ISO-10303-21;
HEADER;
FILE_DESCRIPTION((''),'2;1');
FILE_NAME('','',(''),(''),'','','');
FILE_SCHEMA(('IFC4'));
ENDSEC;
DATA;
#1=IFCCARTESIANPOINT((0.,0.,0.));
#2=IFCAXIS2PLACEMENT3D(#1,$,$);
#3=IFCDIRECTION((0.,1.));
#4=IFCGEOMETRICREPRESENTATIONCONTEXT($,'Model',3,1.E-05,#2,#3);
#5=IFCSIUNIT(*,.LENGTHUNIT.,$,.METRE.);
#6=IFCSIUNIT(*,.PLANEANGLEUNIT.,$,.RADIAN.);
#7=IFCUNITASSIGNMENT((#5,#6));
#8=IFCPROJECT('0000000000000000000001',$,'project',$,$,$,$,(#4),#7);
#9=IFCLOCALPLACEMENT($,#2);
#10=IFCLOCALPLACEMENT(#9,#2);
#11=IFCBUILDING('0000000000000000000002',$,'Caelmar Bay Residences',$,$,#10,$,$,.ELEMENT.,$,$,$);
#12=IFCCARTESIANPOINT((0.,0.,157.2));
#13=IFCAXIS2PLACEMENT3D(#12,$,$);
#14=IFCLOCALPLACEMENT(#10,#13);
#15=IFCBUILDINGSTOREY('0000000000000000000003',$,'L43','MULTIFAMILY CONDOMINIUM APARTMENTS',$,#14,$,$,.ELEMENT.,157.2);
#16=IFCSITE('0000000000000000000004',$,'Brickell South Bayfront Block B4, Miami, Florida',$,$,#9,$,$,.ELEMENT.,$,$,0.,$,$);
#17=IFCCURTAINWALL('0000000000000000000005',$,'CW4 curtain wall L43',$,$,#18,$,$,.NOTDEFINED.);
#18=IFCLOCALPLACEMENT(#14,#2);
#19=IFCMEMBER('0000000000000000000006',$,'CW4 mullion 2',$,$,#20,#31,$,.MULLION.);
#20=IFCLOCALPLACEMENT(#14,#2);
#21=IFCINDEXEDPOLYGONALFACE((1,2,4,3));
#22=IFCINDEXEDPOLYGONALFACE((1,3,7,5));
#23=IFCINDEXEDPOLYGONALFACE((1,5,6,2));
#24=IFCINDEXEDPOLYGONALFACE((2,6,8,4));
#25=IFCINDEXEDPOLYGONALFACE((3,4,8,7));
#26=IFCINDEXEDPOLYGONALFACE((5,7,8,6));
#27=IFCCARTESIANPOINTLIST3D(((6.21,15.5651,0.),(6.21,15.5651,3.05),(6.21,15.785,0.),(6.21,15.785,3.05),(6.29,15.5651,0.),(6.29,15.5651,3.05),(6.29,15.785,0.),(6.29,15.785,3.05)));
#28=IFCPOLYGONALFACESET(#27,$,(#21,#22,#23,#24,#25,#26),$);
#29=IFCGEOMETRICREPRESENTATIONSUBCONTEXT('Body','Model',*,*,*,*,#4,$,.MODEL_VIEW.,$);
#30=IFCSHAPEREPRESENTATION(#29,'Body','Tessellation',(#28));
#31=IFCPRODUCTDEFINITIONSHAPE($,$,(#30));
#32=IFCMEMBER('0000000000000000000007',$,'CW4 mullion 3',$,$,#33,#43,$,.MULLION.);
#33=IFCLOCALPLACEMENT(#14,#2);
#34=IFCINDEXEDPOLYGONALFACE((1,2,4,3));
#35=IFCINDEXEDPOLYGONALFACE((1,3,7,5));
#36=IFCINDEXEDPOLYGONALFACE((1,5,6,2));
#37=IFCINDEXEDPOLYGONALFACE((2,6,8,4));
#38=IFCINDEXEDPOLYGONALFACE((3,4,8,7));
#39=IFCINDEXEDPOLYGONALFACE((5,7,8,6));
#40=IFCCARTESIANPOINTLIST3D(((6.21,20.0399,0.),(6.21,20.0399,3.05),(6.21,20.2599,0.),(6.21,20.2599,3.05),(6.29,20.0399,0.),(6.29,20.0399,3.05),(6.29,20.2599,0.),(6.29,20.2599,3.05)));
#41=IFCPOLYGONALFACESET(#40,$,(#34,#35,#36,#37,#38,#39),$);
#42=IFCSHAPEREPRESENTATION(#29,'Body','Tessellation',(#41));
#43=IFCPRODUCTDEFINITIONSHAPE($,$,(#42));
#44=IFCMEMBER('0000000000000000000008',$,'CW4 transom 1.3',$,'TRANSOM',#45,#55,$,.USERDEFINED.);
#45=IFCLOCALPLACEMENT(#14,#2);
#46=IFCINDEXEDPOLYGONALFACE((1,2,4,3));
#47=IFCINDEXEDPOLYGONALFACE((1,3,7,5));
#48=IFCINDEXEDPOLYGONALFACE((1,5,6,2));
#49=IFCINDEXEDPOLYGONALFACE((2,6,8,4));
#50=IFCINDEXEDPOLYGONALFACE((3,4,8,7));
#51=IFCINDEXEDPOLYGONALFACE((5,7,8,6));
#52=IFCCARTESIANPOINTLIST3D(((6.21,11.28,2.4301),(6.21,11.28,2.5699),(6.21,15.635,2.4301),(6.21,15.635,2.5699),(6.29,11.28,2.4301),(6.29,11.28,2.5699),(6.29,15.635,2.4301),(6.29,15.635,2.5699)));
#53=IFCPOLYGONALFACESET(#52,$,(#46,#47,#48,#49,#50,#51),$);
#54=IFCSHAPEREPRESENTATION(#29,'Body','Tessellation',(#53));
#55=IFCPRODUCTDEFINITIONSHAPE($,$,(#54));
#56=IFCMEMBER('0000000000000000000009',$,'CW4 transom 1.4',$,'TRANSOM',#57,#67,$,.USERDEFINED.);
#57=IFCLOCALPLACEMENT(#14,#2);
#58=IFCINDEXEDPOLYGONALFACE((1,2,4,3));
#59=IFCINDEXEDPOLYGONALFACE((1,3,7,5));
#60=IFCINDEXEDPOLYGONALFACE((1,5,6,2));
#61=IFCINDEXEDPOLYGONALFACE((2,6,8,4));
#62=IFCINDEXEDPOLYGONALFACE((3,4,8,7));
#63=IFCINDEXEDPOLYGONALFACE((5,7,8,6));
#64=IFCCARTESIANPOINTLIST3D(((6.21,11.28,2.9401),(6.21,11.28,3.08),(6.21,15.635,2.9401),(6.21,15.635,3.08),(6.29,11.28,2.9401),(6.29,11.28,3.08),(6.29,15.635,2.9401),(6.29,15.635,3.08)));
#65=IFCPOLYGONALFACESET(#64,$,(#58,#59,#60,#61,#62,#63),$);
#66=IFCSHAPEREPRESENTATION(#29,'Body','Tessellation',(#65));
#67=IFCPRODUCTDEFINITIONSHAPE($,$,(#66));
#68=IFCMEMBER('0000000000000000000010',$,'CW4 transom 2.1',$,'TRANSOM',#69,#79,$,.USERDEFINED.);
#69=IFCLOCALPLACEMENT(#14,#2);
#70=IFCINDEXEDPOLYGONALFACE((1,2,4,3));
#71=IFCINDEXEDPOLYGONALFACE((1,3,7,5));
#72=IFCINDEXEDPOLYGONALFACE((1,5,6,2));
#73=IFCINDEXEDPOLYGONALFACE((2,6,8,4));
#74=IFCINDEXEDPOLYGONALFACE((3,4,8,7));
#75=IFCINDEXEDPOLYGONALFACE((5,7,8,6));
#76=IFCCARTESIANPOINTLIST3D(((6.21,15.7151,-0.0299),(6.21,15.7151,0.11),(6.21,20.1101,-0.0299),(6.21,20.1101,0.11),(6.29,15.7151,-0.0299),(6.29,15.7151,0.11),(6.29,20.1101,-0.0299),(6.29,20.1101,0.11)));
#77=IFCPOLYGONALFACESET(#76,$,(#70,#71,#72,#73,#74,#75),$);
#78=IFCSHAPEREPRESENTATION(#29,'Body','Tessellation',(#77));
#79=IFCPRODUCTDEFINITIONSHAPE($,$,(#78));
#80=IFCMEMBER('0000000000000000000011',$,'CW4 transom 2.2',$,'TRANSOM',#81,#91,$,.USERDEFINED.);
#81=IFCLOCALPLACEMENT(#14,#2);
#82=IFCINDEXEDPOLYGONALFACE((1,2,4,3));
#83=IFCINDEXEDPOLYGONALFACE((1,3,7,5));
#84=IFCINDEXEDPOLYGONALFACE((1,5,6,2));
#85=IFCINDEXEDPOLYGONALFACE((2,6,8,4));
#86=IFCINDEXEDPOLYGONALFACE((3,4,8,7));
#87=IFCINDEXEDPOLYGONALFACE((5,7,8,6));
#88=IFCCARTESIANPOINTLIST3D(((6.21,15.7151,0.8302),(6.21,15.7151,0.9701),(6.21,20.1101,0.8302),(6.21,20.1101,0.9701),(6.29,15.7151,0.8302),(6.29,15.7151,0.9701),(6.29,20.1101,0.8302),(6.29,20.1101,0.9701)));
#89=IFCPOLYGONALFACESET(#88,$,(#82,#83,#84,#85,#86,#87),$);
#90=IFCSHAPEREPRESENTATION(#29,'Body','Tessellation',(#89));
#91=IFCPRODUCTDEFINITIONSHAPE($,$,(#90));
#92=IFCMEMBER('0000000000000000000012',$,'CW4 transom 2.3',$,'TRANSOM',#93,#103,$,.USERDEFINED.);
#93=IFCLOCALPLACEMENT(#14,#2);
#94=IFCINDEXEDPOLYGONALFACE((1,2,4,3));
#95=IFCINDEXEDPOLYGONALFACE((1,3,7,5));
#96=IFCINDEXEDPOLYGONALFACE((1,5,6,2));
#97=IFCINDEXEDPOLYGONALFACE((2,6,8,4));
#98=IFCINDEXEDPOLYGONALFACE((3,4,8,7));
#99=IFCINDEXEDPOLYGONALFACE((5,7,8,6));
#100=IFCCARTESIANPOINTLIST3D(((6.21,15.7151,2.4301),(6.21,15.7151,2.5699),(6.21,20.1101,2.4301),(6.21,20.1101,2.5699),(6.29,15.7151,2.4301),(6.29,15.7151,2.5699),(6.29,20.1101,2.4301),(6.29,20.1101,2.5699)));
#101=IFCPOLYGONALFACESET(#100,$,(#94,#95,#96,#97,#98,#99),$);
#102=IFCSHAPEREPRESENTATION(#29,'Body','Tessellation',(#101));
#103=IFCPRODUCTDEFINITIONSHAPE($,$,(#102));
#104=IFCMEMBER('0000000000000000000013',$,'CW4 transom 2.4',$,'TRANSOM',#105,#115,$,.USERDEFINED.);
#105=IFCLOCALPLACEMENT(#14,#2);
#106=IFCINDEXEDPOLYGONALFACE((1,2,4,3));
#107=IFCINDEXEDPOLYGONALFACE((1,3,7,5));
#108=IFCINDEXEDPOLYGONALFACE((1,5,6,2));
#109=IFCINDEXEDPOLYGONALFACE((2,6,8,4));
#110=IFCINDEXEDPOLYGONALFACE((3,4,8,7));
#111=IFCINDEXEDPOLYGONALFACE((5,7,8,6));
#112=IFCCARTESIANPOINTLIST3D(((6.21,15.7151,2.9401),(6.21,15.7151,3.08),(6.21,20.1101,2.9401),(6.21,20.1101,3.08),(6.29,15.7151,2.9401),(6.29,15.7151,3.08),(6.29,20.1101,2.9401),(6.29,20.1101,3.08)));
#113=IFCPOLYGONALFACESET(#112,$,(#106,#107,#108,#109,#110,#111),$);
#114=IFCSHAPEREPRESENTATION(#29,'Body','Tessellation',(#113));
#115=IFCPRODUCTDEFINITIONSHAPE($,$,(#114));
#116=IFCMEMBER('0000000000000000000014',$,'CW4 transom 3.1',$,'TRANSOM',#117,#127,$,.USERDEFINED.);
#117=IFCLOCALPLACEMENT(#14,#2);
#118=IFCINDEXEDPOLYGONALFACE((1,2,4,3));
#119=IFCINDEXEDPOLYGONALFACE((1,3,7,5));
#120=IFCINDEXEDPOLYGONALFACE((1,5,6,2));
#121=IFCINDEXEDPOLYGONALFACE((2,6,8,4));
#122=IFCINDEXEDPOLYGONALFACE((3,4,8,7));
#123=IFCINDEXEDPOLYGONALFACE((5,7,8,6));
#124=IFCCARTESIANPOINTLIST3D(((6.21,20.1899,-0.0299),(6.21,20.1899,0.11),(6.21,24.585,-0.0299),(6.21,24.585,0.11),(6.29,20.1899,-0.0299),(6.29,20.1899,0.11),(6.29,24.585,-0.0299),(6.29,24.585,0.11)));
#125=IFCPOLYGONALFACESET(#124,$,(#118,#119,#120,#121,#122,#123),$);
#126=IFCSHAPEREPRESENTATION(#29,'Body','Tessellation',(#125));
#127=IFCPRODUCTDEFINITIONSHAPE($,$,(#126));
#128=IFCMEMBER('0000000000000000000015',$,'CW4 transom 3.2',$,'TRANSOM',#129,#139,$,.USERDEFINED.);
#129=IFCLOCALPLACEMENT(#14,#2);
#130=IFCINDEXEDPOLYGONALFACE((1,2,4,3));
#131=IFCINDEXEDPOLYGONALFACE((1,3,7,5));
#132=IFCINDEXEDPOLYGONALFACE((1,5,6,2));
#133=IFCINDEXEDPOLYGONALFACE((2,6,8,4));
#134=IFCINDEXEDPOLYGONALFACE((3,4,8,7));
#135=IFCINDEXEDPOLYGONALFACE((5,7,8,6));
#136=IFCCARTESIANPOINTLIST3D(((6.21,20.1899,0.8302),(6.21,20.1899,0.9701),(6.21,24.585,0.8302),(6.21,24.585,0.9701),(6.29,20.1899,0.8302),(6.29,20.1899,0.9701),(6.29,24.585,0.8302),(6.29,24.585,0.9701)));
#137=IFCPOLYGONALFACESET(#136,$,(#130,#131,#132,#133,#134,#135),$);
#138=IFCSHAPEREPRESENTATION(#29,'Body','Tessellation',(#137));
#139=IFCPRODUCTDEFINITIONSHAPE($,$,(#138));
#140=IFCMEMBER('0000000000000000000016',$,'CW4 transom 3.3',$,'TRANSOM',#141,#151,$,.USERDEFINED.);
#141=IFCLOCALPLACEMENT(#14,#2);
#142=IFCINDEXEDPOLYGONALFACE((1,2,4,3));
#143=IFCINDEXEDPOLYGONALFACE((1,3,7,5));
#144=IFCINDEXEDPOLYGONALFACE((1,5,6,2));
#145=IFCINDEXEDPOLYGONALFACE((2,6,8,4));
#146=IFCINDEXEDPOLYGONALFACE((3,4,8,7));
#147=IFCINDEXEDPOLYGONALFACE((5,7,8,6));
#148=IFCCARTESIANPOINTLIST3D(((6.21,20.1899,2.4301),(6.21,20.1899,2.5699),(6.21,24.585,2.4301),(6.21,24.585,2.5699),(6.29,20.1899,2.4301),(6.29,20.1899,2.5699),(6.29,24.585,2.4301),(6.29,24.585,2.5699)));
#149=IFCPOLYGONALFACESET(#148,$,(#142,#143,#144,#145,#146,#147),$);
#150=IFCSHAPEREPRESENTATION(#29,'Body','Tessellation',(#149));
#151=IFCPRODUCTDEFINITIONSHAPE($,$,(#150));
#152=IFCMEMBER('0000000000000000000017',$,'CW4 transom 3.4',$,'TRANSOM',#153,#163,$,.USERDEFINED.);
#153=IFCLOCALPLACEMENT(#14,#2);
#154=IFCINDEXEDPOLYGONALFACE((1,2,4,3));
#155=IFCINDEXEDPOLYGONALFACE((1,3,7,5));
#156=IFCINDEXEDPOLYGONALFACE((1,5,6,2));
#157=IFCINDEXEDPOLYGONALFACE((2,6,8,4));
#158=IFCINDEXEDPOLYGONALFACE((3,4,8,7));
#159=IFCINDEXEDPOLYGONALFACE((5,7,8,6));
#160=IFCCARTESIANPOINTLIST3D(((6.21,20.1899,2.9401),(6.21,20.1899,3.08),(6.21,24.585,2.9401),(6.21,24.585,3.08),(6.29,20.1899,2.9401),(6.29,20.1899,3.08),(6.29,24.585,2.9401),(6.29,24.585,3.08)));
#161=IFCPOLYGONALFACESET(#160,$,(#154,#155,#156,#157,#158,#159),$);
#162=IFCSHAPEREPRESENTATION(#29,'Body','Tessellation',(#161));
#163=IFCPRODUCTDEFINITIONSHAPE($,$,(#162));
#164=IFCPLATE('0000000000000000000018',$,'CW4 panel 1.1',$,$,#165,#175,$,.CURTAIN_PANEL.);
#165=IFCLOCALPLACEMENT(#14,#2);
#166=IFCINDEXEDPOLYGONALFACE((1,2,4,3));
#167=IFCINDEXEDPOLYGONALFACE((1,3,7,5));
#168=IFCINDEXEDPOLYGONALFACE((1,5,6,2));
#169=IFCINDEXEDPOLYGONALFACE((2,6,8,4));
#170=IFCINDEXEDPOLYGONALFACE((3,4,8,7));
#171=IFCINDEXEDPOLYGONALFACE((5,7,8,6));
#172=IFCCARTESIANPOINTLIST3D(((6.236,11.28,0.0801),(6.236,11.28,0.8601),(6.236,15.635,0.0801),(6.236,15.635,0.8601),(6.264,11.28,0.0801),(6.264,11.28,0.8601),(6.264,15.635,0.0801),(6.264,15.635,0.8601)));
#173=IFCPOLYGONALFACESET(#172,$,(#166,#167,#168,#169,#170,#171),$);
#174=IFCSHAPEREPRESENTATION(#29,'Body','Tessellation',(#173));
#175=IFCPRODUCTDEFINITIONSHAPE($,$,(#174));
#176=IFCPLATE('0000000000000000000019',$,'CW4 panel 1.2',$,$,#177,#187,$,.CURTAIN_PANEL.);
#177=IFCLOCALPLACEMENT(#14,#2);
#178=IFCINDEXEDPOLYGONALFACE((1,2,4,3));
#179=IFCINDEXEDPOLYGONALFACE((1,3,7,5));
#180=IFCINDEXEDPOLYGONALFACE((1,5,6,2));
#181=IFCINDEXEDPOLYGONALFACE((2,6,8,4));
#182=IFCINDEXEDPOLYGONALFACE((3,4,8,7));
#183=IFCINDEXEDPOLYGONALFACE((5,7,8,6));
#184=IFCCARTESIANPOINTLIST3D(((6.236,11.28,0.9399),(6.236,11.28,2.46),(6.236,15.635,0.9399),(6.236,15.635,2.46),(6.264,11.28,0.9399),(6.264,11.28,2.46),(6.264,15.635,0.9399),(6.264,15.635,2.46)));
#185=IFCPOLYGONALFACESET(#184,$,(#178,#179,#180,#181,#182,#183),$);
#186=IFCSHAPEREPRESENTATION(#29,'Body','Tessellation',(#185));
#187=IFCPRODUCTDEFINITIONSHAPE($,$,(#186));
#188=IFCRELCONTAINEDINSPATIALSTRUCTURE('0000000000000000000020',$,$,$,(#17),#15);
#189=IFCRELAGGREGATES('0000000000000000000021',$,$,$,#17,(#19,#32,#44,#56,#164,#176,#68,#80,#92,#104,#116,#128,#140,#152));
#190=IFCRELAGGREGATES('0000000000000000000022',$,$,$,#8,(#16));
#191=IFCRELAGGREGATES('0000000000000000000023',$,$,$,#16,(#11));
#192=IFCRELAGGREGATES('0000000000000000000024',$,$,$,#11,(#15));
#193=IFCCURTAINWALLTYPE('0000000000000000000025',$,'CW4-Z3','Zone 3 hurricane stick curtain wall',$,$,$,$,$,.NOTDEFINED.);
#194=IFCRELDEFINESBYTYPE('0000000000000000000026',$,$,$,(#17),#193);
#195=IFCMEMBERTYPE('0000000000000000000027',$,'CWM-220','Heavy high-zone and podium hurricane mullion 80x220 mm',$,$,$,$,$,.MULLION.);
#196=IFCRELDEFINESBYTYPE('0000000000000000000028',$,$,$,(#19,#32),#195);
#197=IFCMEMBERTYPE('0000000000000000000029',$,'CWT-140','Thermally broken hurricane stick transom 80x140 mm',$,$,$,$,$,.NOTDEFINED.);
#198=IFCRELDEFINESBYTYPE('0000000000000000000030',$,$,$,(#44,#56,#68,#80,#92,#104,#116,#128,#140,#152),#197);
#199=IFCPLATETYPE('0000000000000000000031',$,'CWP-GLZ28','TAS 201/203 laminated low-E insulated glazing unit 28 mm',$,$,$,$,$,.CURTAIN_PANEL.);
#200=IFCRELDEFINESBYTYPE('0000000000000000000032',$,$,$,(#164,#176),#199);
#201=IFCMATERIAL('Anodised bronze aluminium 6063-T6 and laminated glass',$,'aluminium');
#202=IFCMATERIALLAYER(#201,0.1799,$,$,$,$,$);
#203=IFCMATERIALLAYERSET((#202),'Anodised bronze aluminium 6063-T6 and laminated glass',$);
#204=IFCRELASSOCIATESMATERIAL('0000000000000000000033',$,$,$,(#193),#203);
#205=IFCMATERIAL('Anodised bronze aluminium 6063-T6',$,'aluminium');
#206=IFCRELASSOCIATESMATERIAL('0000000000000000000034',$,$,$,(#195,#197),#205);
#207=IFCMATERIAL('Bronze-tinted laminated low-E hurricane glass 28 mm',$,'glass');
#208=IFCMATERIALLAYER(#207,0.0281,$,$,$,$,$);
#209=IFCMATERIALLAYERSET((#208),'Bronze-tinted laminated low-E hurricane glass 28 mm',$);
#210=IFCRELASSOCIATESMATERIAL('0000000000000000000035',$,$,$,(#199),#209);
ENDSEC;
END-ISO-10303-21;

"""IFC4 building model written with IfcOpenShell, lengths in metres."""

from ifc_helpers import new_model, si_unit, direction, frame, origin, origin_2d, place, context, subcontext, project, spatial, rectangle, extrude, material, layer, layer_set, material_profile, profile_set, type_object, element, aggregate, save


model = new_model("IFC4")

# Units and contexts
model_context = context("Model", 3, precision=1e-05, world=origin(), true_north=direction((0.0, 1.0)))
body_context = subcontext(model_context, "Body", "Model", "MODEL_VIEW")
ifc_project = project(units=[si_unit("LENGTHUNIT", "METRE"), si_unit("PLANEANGLEUNIT", "RADIAN")], contexts=[model_context])

# Site, building, storey
site_placement = place(None, origin())
site = spatial("IfcSite", under=ifc_project, at=site_placement, Name="Brickell South Bayfront Block B4, Miami, Florida", CompositionType="ELEMENT", RefElevation=0.0)
building_placement = place(site_placement, origin())
building = spatial("IfcBuilding", under=site, at=building_placement, Name="Caelmar Bay Residences", CompositionType="ELEMENT")
storey_placement = place(building_placement, frame((0.0, 0.0, 157.2)))
storey = spatial("IfcBuildingStorey", under=building, at=storey_placement, Name="L43", Description="MULTIFAMILY CONDOMINIUM APARTMENTS", CompositionType="ELEMENT", Elevation=157.2)

# Curtain wall, members, plates
ifc_material_1 = material(Name="Anodised bronze aluminium 6063-T6 and laminated glass", Category="aluminium")
ifc_layer_1 = layer(ifc_material_1, 0.1799)
ifc_layer_set_1 = layer_set([ifc_layer_1], Name="Anodised bronze aluminium 6063-T6 and laminated glass")
curtain_wall_type = type_object("IfcCurtainWallType", Name="CW4-Z3", Description="Zone 3 hurricane stick curtain wall", PredefinedType="NOTDEFINED", material=ifc_layer_set_1)
curtain_wall_placement = place(storey_placement, origin())
curtain_wall = element("IfcCurtainWall", 1, at=curtain_wall_placement, inside=storey, type_object=curtain_wall_type, Name="CW4 curtain wall L43", PredefinedType="NOTDEFINED")
ifc_material_2 = material(Name="Anodised bronze aluminium 6063-T6", Category="aluminium")
ifc_material_profile_1 = material_profile(ifc_material_2, rectangle(XDim=0.0801, YDim=0.22, at=origin_2d()), Name="CWM-80X220")
ifc_profile_set_1 = profile_set([ifc_material_profile_1], Name="Anodised bronze aluminium 6063-T6")
member_type_1 = type_object("IfcMemberType", Name="CWM-220", Description="Heavy high-zone and podium hurricane mullion 80x220 mm", PredefinedType="MULLION", material=ifc_profile_set_1)
member_1_placement = place(storey_placement, frame((6.25, 15.675, 0.0), z_axis=(0.0, 0.0, 1.0), x_axis=(-1.0, 0.0, 0.0)))
member_1 = element("IfcMember", 2, at=member_1_placement, type_object=member_type_1, Name="CW4 mullion 2", PredefinedType="MULLION", context=body_context, shape_type="SweptSolid", body=[
    extrude(rectangle(XDim=0.0801, YDim=0.22, at=origin_2d()), origin(), (0.0, 0.0, 1.0), 3.05),
])
member_2_placement = place(storey_placement, frame((6.25, 20.1499, 0.0), z_axis=(0.0, 0.0, 1.0), x_axis=(-1.0, 0.0, 0.0)))
member_2 = element("IfcMember", 3, at=member_2_placement, type_object=member_type_1, Name="CW4 mullion 3", PredefinedType="MULLION", context=body_context, shape_type="SweptSolid", body=[
    extrude(rectangle(XDim=0.0801, YDim=0.22, at=origin_2d()), origin(), (0.0, 0.0, 1.0), 3.05),
])
ifc_material_profile_2 = material_profile(ifc_material_2, rectangle(XDim=0.0801, YDim=0.1399, at=origin_2d()), Name="CWT-80X140")
ifc_profile_set_2 = profile_set([ifc_material_profile_2], Name="Anodised bronze aluminium 6063-T6")
member_type_2 = type_object("IfcMemberType", Name="CWT-140", Description="Thermally broken hurricane stick transom 80x140 mm", PredefinedType="NOTDEFINED", material=ifc_profile_set_2)
member_3_placement = place(storey_placement, frame((6.25, 11.28, 2.5), z_axis=(0.0, 1.0, 0.0), x_axis=(-1.0, 0.0, 0.0)))
member_3 = element("IfcMember", 4, at=member_3_placement, type_object=member_type_2, Name="CW4 transom 1.3", ObjectType="TRANSOM", PredefinedType="USERDEFINED", context=body_context, shape_type="SweptSolid", body=[
    extrude(rectangle(XDim=0.0801, YDim=0.1399, at=origin_2d()), origin(), (0.0, 0.0, 1.0), 4.355),
])
member_4_placement = place(storey_placement, frame((6.25, 11.28, 3.01), z_axis=(0.0, 1.0, 0.0), x_axis=(-1.0, 0.0, 0.0)))
member_4 = element("IfcMember", 5, at=member_4_placement, type_object=member_type_2, Name="CW4 transom 1.4", ObjectType="TRANSOM", PredefinedType="USERDEFINED", context=body_context, shape_type="SweptSolid", body=[
    extrude(rectangle(XDim=0.0801, YDim=0.1399, at=origin_2d()), origin(), (0.0, 0.0, 1.0), 4.355),
])
member_5_placement = place(storey_placement, frame((6.25, 15.7151, 0.04), z_axis=(0.0, 1.0, 0.0), x_axis=(-1.0, 0.0, 0.0)))
member_5 = element("IfcMember", 6, at=member_5_placement, type_object=member_type_2, Name="CW4 transom 2.1", ObjectType="TRANSOM", PredefinedType="USERDEFINED", context=body_context, shape_type="SweptSolid", body=[
    extrude(rectangle(XDim=0.0801, YDim=0.1399, at=origin_2d()), origin(), (0.0, 0.0, 1.0), 4.395),
])
member_6_placement = place(storey_placement, frame((6.25, 15.7151, 0.9001), z_axis=(0.0, 1.0, 0.0), x_axis=(-1.0, 0.0, 0.0)))
member_6 = element("IfcMember", 7, at=member_6_placement, type_object=member_type_2, Name="CW4 transom 2.2", ObjectType="TRANSOM", PredefinedType="USERDEFINED", context=body_context, shape_type="SweptSolid", body=[
    extrude(rectangle(XDim=0.0801, YDim=0.1399, at=origin_2d()), origin(), (0.0, 0.0, 1.0), 4.395),
])
member_7_placement = place(storey_placement, frame((6.25, 15.7151, 2.5), z_axis=(0.0, 1.0, 0.0), x_axis=(-1.0, 0.0, 0.0)))
member_7 = element("IfcMember", 8, at=member_7_placement, type_object=member_type_2, Name="CW4 transom 2.3", ObjectType="TRANSOM", PredefinedType="USERDEFINED", context=body_context, shape_type="SweptSolid", body=[
    extrude(rectangle(XDim=0.0801, YDim=0.1399, at=origin_2d()), origin(), (0.0, 0.0, 1.0), 4.395),
])
member_8_placement = place(storey_placement, frame((6.25, 15.7151, 3.01), z_axis=(0.0, 1.0, 0.0), x_axis=(-1.0, 0.0, 0.0)))
member_8 = element("IfcMember", 9, at=member_8_placement, type_object=member_type_2, Name="CW4 transom 2.4", ObjectType="TRANSOM", PredefinedType="USERDEFINED", context=body_context, shape_type="SweptSolid", body=[
    extrude(rectangle(XDim=0.0801, YDim=0.1399, at=origin_2d()), origin(), (0.0, 0.0, 1.0), 4.395),
])
member_9_placement = place(storey_placement, frame((6.25, 20.1899, 0.04), z_axis=(0.0, 1.0, 0.0), x_axis=(-1.0, 0.0, 0.0)))
member_9 = element("IfcMember", 10, at=member_9_placement, type_object=member_type_2, Name="CW4 transom 3.1", ObjectType="TRANSOM", PredefinedType="USERDEFINED", context=body_context, shape_type="SweptSolid", body=[
    extrude(rectangle(XDim=0.0801, YDim=0.1399, at=origin_2d()), origin(), (0.0, 0.0, 1.0), 4.395),
])
member_10_placement = place(storey_placement, frame((6.25, 20.1899, 0.9001), z_axis=(0.0, 1.0, 0.0), x_axis=(-1.0, 0.0, 0.0)))
member_10 = element("IfcMember", 11, at=member_10_placement, type_object=member_type_2, Name="CW4 transom 3.2", ObjectType="TRANSOM", PredefinedType="USERDEFINED", context=body_context, shape_type="SweptSolid", body=[
    extrude(rectangle(XDim=0.0801, YDim=0.1399, at=origin_2d()), origin(), (0.0, 0.0, 1.0), 4.395),
])
member_11_placement = place(storey_placement, frame((6.25, 20.1899, 2.5), z_axis=(0.0, 1.0, 0.0), x_axis=(-1.0, 0.0, 0.0)))
member_11 = element("IfcMember", 12, at=member_11_placement, type_object=member_type_2, Name="CW4 transom 3.3", ObjectType="TRANSOM", PredefinedType="USERDEFINED", context=body_context, shape_type="SweptSolid", body=[
    extrude(rectangle(XDim=0.0801, YDim=0.1399, at=origin_2d()), origin(), (0.0, 0.0, 1.0), 4.395),
])
member_12_placement = place(storey_placement, frame((6.25, 20.1899, 3.01), z_axis=(0.0, 1.0, 0.0), x_axis=(-1.0, 0.0, 0.0)))
member_12 = element("IfcMember", 13, at=member_12_placement, type_object=member_type_2, Name="CW4 transom 3.4", ObjectType="TRANSOM", PredefinedType="USERDEFINED", context=body_context, shape_type="SweptSolid", body=[
    extrude(rectangle(XDim=0.0801, YDim=0.1399, at=origin_2d()), origin(), (0.0, 0.0, 1.0), 4.395),
])
ifc_material_3 = material(Name="Bronze-tinted laminated low-E hurricane glass 28 mm", Category="glass")
ifc_layer_2 = layer(ifc_material_3, 0.0281)
ifc_layer_set_2 = layer_set([ifc_layer_2], Name="Bronze-tinted laminated low-E hurricane glass 28 mm")
plate_type = type_object("IfcPlateType", Name="CWP-GLZ28", Description="TAS 201/203 laminated low-E insulated glazing unit 28 mm", PredefinedType="CURTAIN_PANEL", material=ifc_layer_set_2)
plate_1_placement = place(storey_placement, frame((6.25, 13.4575, 0.0801), z_axis=(0.0, 0.0, 1.0), x_axis=(0.0, 1.0, 0.0)))
plate_1 = element("IfcPlate", 14, at=plate_1_placement, type_object=plate_type, Name="CW4 panel 1.1", PredefinedType="CURTAIN_PANEL", context=body_context, shape_type="SweptSolid", body=[
    extrude(rectangle(XDim=4.355, YDim=0.0281, at=origin_2d()), origin(), (0.0, 0.0, 1.0), 0.78),
])
plate_2_placement = place(storey_placement, frame((6.25, 13.4575, 0.9399), z_axis=(0.0, 0.0, 1.0), x_axis=(0.0, 1.0, 0.0)))
plate_2 = element("IfcPlate", 15, at=plate_2_placement, type_object=plate_type, Name="CW4 panel 1.2", PredefinedType="CURTAIN_PANEL", context=body_context, shape_type="SweptSolid", body=[
    extrude(rectangle(XDim=4.355, YDim=0.0281, at=origin_2d()), origin(), (0.0, 0.0, 1.0), 1.52),
])
aggregate(curtain_wall, [member_1, member_2, member_3, member_4, plate_1, plate_2, member_5, member_6, member_7, member_8, member_9, member_10, member_11, member_12])

save(model, "model.ifc")
